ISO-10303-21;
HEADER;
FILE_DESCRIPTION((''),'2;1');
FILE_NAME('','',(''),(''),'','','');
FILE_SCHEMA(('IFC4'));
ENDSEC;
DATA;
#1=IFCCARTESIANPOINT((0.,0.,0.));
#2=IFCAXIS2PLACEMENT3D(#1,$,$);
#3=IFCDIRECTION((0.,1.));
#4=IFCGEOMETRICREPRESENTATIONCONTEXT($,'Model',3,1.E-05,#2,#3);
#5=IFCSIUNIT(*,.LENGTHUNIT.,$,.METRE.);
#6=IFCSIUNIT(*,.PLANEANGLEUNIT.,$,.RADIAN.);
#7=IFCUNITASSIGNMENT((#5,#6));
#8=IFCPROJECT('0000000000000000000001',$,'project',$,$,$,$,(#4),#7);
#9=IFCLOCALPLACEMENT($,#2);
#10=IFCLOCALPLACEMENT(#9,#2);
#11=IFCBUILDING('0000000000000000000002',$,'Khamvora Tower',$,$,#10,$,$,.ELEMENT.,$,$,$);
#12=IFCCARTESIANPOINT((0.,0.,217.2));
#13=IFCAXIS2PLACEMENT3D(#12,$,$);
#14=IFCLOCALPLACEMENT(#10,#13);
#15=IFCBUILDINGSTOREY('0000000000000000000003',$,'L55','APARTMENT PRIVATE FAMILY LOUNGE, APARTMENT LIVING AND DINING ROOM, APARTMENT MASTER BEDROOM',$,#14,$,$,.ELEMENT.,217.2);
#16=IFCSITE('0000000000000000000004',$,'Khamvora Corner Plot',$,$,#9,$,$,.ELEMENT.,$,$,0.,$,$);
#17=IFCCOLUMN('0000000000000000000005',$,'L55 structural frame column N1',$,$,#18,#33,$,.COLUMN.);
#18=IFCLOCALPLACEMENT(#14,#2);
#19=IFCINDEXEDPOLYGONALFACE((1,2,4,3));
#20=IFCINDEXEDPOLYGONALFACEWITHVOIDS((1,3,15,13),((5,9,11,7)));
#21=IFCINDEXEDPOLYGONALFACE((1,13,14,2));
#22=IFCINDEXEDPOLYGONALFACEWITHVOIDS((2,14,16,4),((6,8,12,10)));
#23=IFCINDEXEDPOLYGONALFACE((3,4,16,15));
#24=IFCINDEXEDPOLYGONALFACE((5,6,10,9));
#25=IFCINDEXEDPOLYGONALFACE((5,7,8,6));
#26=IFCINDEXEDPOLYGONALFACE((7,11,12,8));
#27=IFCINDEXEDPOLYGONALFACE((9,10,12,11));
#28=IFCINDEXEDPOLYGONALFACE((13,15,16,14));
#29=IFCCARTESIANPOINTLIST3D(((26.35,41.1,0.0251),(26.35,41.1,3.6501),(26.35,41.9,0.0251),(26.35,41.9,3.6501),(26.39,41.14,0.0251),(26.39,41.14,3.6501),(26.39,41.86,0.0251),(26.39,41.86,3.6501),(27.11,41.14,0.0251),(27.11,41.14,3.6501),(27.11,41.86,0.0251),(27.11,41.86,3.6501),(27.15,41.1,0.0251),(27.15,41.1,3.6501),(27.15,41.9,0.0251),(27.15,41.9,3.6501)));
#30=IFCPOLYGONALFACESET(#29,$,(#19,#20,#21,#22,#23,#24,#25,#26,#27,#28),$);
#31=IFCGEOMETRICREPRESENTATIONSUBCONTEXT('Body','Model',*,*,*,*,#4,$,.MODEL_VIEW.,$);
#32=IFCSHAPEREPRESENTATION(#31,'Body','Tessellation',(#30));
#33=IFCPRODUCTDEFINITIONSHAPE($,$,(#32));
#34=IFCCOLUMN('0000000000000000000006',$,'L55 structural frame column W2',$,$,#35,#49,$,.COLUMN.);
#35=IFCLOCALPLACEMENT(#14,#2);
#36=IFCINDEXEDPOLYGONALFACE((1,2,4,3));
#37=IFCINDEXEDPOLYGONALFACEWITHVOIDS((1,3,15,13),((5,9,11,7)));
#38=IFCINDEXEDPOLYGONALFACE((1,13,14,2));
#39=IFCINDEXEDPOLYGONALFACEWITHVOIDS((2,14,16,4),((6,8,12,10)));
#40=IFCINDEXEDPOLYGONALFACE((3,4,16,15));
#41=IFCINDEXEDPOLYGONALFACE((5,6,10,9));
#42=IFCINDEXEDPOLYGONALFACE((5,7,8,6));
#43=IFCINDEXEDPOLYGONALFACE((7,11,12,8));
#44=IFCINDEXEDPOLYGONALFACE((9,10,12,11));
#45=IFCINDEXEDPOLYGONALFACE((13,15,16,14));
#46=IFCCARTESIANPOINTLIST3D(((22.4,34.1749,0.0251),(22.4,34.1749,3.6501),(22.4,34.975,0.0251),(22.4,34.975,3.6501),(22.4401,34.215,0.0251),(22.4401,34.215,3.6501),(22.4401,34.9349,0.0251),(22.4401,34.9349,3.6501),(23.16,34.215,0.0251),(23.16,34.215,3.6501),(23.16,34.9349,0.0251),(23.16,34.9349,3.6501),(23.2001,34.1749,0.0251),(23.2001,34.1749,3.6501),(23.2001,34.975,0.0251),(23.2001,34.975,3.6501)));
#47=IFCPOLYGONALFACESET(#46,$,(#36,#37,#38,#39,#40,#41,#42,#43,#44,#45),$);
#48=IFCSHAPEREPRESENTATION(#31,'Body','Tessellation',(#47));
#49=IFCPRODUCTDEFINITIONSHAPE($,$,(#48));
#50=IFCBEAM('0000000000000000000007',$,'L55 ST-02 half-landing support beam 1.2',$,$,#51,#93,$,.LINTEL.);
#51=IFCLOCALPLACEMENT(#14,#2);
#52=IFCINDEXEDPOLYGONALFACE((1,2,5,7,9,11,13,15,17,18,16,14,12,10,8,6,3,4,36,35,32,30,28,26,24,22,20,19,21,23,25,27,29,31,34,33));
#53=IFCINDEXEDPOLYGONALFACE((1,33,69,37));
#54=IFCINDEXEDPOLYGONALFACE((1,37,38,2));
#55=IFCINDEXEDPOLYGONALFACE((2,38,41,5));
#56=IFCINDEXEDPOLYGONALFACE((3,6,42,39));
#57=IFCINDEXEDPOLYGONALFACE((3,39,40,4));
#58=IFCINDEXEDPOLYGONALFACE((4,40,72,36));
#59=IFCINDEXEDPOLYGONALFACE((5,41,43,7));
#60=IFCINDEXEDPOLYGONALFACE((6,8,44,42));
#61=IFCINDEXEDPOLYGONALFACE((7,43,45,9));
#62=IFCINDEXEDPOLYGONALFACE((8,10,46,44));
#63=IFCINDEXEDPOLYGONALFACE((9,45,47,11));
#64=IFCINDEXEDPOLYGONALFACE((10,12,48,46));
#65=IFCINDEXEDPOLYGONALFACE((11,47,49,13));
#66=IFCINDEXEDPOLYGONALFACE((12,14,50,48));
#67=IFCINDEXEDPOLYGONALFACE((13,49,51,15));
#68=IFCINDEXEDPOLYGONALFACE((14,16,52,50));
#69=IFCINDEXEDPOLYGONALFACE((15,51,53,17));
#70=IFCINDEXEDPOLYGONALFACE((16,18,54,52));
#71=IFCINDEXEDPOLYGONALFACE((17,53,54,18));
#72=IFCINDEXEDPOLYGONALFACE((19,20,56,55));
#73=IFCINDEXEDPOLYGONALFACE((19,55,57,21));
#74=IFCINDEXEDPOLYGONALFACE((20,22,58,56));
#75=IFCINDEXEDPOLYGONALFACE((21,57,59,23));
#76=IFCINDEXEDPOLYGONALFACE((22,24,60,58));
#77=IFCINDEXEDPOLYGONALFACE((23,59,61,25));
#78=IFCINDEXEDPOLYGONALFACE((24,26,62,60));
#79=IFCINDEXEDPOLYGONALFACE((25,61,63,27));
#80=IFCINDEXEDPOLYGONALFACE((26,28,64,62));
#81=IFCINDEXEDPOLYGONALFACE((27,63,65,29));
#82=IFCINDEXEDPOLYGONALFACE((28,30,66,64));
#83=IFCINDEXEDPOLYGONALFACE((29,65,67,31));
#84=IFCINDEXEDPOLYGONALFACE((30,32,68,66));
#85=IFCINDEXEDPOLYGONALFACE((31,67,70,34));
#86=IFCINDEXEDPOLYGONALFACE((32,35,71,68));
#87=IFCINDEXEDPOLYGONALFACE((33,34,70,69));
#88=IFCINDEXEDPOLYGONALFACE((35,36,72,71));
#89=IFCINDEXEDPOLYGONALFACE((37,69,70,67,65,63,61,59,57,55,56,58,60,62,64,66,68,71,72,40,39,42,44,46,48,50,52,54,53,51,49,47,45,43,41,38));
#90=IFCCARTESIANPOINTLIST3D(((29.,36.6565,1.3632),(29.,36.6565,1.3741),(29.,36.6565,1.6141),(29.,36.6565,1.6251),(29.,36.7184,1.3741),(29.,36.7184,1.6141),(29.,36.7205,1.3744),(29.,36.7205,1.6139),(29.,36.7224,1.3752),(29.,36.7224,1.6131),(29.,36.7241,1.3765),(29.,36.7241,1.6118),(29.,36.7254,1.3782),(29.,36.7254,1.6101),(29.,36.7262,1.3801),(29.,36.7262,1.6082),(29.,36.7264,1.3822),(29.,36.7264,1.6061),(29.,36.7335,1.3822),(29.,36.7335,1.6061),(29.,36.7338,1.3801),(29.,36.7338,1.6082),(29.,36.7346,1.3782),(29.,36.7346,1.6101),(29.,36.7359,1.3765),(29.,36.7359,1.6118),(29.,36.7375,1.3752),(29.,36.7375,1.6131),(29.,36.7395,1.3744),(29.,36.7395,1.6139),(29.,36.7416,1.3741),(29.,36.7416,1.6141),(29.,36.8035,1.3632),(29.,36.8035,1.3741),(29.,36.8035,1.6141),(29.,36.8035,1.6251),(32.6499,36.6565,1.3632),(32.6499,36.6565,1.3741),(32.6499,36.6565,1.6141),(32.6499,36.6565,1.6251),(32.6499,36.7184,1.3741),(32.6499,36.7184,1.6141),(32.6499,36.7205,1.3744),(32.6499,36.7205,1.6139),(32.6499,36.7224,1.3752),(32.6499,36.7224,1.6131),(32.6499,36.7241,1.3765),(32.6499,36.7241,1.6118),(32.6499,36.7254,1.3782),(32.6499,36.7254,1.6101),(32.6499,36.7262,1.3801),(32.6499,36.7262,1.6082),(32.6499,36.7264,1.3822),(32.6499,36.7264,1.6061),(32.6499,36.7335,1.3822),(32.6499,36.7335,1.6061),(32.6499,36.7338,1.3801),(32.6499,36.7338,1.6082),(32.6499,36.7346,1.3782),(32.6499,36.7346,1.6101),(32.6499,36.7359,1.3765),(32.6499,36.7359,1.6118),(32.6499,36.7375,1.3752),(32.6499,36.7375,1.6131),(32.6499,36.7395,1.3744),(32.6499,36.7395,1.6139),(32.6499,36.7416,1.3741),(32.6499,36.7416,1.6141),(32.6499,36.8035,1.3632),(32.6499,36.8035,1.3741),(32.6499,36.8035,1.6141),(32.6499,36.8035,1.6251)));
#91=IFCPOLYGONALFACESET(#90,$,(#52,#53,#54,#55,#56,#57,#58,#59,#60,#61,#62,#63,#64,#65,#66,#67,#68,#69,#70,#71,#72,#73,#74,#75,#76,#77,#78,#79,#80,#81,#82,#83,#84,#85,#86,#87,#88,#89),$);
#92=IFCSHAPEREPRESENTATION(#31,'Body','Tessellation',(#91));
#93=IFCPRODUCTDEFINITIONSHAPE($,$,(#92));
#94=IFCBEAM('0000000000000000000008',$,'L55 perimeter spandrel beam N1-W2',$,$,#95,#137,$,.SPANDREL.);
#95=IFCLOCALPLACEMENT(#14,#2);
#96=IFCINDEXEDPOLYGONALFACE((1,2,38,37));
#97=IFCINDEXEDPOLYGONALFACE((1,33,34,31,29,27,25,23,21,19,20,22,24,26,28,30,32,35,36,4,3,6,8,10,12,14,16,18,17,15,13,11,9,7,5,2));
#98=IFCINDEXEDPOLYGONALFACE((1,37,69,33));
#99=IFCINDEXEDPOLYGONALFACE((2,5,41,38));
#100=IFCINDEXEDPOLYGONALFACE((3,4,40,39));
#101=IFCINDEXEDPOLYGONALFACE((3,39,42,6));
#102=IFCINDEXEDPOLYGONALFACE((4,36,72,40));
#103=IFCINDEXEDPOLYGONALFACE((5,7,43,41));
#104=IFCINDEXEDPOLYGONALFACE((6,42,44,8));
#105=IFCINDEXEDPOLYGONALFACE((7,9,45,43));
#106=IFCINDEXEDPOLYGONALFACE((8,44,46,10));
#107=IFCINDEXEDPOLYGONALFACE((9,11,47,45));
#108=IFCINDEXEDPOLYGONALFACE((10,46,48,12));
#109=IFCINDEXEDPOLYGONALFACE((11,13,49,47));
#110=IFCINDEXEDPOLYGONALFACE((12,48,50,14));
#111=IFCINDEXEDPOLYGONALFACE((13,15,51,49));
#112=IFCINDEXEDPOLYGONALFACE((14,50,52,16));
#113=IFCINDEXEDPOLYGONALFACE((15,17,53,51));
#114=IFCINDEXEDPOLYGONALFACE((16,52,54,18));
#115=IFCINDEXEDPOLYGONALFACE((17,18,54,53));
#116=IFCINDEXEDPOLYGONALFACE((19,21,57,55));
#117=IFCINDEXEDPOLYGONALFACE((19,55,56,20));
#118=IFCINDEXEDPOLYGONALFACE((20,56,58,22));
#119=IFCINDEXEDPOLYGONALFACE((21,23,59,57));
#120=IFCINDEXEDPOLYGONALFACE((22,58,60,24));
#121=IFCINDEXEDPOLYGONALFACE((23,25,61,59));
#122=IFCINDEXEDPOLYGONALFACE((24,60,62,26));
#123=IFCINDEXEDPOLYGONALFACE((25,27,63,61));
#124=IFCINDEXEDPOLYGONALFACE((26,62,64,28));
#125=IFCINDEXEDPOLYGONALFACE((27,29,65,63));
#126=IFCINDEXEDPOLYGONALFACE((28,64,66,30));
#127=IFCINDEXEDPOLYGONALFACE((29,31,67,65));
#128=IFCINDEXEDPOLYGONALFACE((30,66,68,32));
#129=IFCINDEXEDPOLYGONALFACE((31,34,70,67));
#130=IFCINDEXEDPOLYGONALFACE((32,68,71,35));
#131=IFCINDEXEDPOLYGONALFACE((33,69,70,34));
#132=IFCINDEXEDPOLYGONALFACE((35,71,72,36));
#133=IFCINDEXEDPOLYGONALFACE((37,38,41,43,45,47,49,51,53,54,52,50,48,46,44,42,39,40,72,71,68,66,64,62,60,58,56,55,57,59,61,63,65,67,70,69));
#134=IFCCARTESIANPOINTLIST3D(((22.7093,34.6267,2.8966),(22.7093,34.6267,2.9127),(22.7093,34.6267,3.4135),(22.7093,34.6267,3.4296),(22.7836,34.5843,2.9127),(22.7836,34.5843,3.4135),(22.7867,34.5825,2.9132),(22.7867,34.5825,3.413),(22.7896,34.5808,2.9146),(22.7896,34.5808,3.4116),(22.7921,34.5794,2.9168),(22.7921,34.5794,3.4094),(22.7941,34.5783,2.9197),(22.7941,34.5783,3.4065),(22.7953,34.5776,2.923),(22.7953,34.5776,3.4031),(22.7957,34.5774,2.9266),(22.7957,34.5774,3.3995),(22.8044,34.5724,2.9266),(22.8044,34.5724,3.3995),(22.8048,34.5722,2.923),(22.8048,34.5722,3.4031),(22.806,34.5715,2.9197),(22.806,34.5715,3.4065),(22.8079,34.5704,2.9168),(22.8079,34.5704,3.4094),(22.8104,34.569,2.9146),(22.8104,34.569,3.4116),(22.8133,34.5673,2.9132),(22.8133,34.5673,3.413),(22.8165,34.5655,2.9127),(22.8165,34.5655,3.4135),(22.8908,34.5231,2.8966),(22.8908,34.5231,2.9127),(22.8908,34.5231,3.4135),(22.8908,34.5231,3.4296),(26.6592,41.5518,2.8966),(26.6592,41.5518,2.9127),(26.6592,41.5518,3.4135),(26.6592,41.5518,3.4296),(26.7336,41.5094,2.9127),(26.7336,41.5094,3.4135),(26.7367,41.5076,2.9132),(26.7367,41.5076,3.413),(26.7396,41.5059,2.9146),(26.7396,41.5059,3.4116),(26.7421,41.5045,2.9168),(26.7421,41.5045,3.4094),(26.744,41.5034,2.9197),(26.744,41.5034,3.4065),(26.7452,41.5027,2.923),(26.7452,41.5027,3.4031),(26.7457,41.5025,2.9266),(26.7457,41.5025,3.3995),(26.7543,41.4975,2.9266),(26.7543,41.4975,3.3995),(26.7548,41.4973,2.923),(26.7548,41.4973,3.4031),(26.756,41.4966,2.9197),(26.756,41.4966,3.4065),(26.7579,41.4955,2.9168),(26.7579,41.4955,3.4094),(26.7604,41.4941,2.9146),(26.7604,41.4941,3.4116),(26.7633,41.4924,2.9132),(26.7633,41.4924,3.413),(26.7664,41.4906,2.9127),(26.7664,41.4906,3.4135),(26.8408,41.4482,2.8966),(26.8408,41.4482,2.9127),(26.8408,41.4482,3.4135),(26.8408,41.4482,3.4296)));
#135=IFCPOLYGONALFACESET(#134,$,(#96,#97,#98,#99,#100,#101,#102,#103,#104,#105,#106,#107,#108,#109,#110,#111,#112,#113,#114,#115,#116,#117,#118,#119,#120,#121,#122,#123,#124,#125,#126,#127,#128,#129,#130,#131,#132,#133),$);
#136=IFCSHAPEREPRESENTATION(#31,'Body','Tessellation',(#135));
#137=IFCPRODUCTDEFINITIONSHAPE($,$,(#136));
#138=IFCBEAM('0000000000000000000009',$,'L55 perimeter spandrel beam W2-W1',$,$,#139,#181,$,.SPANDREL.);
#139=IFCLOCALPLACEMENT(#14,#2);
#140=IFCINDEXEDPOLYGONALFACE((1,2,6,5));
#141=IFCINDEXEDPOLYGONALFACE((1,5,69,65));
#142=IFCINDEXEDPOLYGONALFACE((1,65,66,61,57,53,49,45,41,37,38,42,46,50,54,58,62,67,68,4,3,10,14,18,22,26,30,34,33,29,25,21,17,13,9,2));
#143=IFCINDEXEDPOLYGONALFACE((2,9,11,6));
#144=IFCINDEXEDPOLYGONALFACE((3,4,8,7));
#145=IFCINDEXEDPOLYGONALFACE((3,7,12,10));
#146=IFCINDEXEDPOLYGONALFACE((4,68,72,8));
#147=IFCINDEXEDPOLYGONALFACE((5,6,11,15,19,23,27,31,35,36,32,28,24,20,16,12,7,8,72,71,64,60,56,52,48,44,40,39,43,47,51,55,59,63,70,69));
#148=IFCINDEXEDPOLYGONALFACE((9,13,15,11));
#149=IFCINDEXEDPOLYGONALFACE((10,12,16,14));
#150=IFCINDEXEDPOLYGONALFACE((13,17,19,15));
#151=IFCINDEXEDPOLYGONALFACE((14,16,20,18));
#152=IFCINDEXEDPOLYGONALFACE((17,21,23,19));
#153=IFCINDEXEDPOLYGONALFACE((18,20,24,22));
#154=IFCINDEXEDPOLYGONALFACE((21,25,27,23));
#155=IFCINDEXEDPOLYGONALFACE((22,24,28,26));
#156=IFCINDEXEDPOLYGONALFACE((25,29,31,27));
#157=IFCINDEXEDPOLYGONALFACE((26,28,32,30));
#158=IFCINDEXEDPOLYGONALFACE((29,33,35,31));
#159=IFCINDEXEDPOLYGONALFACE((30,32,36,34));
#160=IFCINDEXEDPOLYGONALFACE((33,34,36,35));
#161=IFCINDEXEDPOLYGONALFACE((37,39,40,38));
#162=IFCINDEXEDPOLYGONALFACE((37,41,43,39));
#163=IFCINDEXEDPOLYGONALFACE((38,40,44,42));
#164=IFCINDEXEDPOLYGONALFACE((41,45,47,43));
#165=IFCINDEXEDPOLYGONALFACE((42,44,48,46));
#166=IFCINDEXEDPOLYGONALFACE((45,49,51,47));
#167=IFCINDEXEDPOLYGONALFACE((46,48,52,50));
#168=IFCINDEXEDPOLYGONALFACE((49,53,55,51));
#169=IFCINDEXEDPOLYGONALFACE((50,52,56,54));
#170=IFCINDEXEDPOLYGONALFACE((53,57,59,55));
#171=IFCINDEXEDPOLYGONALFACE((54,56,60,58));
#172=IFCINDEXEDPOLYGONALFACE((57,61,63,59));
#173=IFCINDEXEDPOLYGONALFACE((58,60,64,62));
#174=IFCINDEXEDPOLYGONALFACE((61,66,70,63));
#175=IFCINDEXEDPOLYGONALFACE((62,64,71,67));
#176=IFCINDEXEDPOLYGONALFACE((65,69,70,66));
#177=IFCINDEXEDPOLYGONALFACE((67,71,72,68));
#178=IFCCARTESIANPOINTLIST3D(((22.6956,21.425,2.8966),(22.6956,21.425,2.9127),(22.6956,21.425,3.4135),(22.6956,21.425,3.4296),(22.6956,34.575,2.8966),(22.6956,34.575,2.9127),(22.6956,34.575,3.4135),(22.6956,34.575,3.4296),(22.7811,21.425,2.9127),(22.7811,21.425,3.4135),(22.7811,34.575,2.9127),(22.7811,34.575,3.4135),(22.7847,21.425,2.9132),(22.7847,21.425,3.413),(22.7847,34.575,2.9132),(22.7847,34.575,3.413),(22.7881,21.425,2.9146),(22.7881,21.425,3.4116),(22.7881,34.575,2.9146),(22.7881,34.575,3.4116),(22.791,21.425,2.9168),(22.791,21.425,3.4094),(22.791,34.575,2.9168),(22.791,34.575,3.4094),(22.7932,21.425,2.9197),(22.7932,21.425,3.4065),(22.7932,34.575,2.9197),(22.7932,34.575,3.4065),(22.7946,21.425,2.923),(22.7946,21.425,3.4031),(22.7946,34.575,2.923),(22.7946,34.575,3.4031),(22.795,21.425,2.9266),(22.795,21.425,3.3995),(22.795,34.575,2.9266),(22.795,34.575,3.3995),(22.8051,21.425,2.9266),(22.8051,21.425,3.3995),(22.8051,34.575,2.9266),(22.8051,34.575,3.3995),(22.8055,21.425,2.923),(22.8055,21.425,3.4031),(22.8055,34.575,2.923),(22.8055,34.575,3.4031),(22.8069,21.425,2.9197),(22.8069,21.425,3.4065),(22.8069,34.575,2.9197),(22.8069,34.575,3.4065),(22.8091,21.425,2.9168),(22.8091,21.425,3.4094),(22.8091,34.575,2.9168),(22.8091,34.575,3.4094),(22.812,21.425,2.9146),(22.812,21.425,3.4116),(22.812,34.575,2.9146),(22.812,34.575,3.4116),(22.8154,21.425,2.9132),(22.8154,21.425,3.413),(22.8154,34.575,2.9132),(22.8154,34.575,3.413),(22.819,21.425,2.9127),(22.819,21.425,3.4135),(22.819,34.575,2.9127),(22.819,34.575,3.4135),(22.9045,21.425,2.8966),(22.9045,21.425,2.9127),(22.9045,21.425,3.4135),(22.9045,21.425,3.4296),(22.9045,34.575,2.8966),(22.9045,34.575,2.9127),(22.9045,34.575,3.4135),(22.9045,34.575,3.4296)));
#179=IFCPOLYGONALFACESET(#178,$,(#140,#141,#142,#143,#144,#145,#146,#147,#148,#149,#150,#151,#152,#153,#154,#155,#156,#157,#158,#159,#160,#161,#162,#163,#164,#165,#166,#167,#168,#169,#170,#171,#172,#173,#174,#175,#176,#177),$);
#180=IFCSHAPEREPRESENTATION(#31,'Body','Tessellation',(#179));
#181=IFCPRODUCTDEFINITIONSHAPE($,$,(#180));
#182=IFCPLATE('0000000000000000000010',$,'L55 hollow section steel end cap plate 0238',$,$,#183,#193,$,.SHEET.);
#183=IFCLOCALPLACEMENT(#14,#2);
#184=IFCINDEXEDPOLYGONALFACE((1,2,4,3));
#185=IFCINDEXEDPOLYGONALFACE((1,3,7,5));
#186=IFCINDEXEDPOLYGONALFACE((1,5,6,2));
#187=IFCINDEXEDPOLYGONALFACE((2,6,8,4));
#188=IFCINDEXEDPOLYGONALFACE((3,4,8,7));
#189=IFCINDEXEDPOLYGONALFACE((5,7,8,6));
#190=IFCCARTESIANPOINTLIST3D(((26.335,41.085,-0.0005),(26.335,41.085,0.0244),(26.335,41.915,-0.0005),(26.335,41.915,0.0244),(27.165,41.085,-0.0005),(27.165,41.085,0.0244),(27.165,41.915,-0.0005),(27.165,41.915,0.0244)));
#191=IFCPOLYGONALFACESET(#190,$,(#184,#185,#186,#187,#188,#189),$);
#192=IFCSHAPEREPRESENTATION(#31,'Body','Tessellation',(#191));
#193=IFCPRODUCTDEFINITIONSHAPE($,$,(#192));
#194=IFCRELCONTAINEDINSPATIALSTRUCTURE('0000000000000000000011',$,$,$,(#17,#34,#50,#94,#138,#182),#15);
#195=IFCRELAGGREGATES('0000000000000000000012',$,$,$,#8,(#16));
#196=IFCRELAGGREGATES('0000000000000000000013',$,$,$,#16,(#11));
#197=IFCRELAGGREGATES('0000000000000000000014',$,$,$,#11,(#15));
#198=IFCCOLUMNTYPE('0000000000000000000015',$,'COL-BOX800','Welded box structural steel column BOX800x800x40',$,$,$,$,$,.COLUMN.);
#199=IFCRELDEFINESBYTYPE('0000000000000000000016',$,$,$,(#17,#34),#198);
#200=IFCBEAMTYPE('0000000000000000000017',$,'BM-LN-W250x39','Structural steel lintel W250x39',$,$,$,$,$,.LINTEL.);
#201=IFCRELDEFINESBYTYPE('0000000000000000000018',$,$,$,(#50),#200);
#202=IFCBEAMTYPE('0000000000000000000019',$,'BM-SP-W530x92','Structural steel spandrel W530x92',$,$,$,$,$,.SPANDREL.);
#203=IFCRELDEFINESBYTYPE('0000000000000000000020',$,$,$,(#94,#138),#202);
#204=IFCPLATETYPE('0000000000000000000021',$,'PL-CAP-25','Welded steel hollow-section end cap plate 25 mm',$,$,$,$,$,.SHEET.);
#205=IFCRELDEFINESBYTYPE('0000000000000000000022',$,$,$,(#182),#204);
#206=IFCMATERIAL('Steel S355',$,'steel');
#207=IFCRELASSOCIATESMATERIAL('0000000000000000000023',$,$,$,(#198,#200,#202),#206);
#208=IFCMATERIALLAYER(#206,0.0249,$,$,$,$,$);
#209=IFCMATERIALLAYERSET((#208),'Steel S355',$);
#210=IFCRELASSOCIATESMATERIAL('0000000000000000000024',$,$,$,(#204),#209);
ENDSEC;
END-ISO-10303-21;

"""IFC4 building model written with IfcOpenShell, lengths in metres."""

from ifc_helpers import new_model, si_unit, direction, frame, origin, origin_2d, place, context, subcontext, project, spatial, rectangle, hollow_rectangle, i_section, extrude, material, layer, layer_set, material_profile, profile_set, type_object, element, save


model = new_model("IFC4")

# Units and contexts
model_context = context("Model", 3, precision=1e-05, world=origin(), true_north=direction((0.0, 1.0)))
body_context = subcontext(model_context, "Body", "Model", "MODEL_VIEW")
ifc_project = project(units=[si_unit("LENGTHUNIT", "METRE"), si_unit("PLANEANGLEUNIT", "RADIAN")], contexts=[model_context])

# Site, building, storey
site_placement = place(None, origin())
site = spatial("IfcSite", under=ifc_project, at=site_placement, Name="Khamvora Corner Plot", CompositionType="ELEMENT", RefElevation=0.0)
building_placement = place(site_placement, origin())
building = spatial("IfcBuilding", under=site, at=building_placement, Name="Khamvora Tower", CompositionType="ELEMENT")
storey_placement = place(building_placement, frame((0.0, 0.0, 217.2)))
storey = spatial("IfcBuildingStorey", under=building, at=storey_placement, Name="L55", Description="APARTMENT PRIVATE FAMILY LOUNGE, APARTMENT LIVING AND DINING ROOM, APARTMENT MASTER BEDROOM", CompositionType="ELEMENT", Elevation=217.2)

# Columns
ifc_material_1 = material(Name="Steel S355", Category="steel")
ifc_material_profile_1 = material_profile(ifc_material_1, hollow_rectangle(XDim=0.8, YDim=0.8, WallThickness=0.04, at=origin_2d()), Name="BOX800x800x40")
ifc_profile_set_1 = profile_set([ifc_material_profile_1], Name="Steel S355")
column_type = type_object("IfcColumnType", Name="COL-BOX800", Description="Welded box structural steel column BOX800x800x40", PredefinedType="COLUMN", material=ifc_profile_set_1)
for number, where, z_axis, x_axis, name in (
    (1, (26.75, 41.5, 0.0251), (0.0, 0.0, 1.0), (1.0, 0.0, 0.0), "L55 structural frame column N1"),
    (2, (22.8, 34.575, 0.0251), (0.0, 0.0, 1.0), (1.0, 0.0, 0.0), "L55 structural frame column W2"),
):
    element("IfcColumn", number, at=place(storey_placement, frame(where, z_axis=z_axis, x_axis=x_axis)), inside=storey, type_object=column_type, Name=name, PredefinedType="COLUMN", context=body_context, shape_type="SweptSolid", body=[
        extrude(hollow_rectangle(XDim=0.8, YDim=0.8, WallThickness=0.04, at=origin_2d()), origin(), (0.0, 0.0, 1.0), 3.625),
    ])

# Beams
ifc_material_profile_2 = material_profile(ifc_material_1, i_section(OverallWidth=0.147, OverallDepth=0.262, WebThickness=0.0071, FlangeThickness=0.011, FilletRadius=0.0081, at=origin_2d()), Name="W250x39")
ifc_profile_set_2 = profile_set([ifc_material_profile_2], Name="Steel S355")
beam_type_1 = type_object("IfcBeamType", Name="BM-LN-W250x39", Description="Structural steel lintel W250x39", PredefinedType="LINTEL", material=ifc_profile_set_2)
beam_1_placement = place(storey_placement, frame((29.0, 36.73, 1.4941), z_axis=(1.0, 0.0, 0.0), x_axis=(0.0, 1.0, 0.0)))
element("IfcBeam", 3, at=beam_1_placement, inside=storey, type_object=beam_type_1, Name="L55 ST-02 half-landing support beam 1.2", PredefinedType="LINTEL", context=body_context, shape_type="SweptSolid", body=[
    extrude(i_section(OverallWidth=0.147, OverallDepth=0.262, WebThickness=0.0071, FlangeThickness=0.011, FilletRadius=0.0081, at=origin_2d()), origin(), (0.0, 0.0, 1.0), 3.6499),
])
ifc_material_profile_3 = material_profile(ifc_material_1, i_section(OverallWidth=0.209, OverallDepth=0.533, WebThickness=0.01, FlangeThickness=0.0161, FilletRadius=0.0139, at=origin_2d()), Name="W530x92")
ifc_profile_set_3 = profile_set([ifc_material_profile_3], Name="Steel S355")
beam_type_2 = type_object("IfcBeamType", Name="BM-SP-W530x92", Description="Structural steel spandrel W530x92", PredefinedType="SPANDREL", material=ifc_profile_set_3)
beam_2_placement = place(storey_placement, frame((26.75, 41.5, 3.1631), z_axis=(-0.495456, -0.868633, 0.0), x_axis=(0.868633, -0.495456, 0.0)))
element("IfcBeam", 4, at=beam_2_placement, inside=storey, type_object=beam_type_2, Name="L55 perimeter spandrel beam N1-W2", PredefinedType="SPANDREL", context=body_context, shape_type="SweptSolid", body=[
    extrude(i_section(OverallWidth=0.209, OverallDepth=0.533, WebThickness=0.01, FlangeThickness=0.0161, FilletRadius=0.0139, at=origin_2d()), origin(), (0.0, 0.0, 1.0), 7.9724),
])
beam_3_placement = place(storey_placement, frame((22.8, 34.575, 3.1631), z_axis=(0.0, -1.0, 0.0), x_axis=(1.0, 0.0, 0.0)))
element("IfcBeam", 5, at=beam_3_placement, inside=storey, type_object=beam_type_2, Name="L55 perimeter spandrel beam W2-W1", PredefinedType="SPANDREL", context=body_context, shape_type="SweptSolid", body=[
    extrude(i_section(OverallWidth=0.209, OverallDepth=0.533, WebThickness=0.01, FlangeThickness=0.0161, FilletRadius=0.0139, at=origin_2d()), origin(), (0.0, 0.0, 1.0), 13.1499),
])

# Plate
ifc_layer_1 = layer(ifc_material_1, 0.0249)
ifc_layer_set_1 = layer_set([ifc_layer_1], Name="Steel S355")
plate_type_1 = type_object("IfcPlateType", Name="PL-CAP-25", Description="Welded steel hollow-section end cap plate 25 mm", PredefinedType="SHEET", material=ifc_layer_set_1)
for number, where, z_axis, x_axis, name in (
    (6, (26.75, 41.5, -0.0005), (0.0, 0.0, 1.0), (1.0, 0.0, 0.0), "L55 hollow section steel end cap plate 0238"),
):
    element("IfcPlate", number, at=place(storey_placement, frame(where, z_axis=z_axis, x_axis=x_axis)), inside=storey, type_object=plate_type_1, Name=name, PredefinedType="SHEET", context=body_context, shape_type="SweptSolid", body=[
        extrude(rectangle(XDim=0.8301, YDim=0.8301, at=origin_2d()), origin(), (0.0, 0.0, 1.0), 0.0249),
    ])

save(model, "model.ifc")
